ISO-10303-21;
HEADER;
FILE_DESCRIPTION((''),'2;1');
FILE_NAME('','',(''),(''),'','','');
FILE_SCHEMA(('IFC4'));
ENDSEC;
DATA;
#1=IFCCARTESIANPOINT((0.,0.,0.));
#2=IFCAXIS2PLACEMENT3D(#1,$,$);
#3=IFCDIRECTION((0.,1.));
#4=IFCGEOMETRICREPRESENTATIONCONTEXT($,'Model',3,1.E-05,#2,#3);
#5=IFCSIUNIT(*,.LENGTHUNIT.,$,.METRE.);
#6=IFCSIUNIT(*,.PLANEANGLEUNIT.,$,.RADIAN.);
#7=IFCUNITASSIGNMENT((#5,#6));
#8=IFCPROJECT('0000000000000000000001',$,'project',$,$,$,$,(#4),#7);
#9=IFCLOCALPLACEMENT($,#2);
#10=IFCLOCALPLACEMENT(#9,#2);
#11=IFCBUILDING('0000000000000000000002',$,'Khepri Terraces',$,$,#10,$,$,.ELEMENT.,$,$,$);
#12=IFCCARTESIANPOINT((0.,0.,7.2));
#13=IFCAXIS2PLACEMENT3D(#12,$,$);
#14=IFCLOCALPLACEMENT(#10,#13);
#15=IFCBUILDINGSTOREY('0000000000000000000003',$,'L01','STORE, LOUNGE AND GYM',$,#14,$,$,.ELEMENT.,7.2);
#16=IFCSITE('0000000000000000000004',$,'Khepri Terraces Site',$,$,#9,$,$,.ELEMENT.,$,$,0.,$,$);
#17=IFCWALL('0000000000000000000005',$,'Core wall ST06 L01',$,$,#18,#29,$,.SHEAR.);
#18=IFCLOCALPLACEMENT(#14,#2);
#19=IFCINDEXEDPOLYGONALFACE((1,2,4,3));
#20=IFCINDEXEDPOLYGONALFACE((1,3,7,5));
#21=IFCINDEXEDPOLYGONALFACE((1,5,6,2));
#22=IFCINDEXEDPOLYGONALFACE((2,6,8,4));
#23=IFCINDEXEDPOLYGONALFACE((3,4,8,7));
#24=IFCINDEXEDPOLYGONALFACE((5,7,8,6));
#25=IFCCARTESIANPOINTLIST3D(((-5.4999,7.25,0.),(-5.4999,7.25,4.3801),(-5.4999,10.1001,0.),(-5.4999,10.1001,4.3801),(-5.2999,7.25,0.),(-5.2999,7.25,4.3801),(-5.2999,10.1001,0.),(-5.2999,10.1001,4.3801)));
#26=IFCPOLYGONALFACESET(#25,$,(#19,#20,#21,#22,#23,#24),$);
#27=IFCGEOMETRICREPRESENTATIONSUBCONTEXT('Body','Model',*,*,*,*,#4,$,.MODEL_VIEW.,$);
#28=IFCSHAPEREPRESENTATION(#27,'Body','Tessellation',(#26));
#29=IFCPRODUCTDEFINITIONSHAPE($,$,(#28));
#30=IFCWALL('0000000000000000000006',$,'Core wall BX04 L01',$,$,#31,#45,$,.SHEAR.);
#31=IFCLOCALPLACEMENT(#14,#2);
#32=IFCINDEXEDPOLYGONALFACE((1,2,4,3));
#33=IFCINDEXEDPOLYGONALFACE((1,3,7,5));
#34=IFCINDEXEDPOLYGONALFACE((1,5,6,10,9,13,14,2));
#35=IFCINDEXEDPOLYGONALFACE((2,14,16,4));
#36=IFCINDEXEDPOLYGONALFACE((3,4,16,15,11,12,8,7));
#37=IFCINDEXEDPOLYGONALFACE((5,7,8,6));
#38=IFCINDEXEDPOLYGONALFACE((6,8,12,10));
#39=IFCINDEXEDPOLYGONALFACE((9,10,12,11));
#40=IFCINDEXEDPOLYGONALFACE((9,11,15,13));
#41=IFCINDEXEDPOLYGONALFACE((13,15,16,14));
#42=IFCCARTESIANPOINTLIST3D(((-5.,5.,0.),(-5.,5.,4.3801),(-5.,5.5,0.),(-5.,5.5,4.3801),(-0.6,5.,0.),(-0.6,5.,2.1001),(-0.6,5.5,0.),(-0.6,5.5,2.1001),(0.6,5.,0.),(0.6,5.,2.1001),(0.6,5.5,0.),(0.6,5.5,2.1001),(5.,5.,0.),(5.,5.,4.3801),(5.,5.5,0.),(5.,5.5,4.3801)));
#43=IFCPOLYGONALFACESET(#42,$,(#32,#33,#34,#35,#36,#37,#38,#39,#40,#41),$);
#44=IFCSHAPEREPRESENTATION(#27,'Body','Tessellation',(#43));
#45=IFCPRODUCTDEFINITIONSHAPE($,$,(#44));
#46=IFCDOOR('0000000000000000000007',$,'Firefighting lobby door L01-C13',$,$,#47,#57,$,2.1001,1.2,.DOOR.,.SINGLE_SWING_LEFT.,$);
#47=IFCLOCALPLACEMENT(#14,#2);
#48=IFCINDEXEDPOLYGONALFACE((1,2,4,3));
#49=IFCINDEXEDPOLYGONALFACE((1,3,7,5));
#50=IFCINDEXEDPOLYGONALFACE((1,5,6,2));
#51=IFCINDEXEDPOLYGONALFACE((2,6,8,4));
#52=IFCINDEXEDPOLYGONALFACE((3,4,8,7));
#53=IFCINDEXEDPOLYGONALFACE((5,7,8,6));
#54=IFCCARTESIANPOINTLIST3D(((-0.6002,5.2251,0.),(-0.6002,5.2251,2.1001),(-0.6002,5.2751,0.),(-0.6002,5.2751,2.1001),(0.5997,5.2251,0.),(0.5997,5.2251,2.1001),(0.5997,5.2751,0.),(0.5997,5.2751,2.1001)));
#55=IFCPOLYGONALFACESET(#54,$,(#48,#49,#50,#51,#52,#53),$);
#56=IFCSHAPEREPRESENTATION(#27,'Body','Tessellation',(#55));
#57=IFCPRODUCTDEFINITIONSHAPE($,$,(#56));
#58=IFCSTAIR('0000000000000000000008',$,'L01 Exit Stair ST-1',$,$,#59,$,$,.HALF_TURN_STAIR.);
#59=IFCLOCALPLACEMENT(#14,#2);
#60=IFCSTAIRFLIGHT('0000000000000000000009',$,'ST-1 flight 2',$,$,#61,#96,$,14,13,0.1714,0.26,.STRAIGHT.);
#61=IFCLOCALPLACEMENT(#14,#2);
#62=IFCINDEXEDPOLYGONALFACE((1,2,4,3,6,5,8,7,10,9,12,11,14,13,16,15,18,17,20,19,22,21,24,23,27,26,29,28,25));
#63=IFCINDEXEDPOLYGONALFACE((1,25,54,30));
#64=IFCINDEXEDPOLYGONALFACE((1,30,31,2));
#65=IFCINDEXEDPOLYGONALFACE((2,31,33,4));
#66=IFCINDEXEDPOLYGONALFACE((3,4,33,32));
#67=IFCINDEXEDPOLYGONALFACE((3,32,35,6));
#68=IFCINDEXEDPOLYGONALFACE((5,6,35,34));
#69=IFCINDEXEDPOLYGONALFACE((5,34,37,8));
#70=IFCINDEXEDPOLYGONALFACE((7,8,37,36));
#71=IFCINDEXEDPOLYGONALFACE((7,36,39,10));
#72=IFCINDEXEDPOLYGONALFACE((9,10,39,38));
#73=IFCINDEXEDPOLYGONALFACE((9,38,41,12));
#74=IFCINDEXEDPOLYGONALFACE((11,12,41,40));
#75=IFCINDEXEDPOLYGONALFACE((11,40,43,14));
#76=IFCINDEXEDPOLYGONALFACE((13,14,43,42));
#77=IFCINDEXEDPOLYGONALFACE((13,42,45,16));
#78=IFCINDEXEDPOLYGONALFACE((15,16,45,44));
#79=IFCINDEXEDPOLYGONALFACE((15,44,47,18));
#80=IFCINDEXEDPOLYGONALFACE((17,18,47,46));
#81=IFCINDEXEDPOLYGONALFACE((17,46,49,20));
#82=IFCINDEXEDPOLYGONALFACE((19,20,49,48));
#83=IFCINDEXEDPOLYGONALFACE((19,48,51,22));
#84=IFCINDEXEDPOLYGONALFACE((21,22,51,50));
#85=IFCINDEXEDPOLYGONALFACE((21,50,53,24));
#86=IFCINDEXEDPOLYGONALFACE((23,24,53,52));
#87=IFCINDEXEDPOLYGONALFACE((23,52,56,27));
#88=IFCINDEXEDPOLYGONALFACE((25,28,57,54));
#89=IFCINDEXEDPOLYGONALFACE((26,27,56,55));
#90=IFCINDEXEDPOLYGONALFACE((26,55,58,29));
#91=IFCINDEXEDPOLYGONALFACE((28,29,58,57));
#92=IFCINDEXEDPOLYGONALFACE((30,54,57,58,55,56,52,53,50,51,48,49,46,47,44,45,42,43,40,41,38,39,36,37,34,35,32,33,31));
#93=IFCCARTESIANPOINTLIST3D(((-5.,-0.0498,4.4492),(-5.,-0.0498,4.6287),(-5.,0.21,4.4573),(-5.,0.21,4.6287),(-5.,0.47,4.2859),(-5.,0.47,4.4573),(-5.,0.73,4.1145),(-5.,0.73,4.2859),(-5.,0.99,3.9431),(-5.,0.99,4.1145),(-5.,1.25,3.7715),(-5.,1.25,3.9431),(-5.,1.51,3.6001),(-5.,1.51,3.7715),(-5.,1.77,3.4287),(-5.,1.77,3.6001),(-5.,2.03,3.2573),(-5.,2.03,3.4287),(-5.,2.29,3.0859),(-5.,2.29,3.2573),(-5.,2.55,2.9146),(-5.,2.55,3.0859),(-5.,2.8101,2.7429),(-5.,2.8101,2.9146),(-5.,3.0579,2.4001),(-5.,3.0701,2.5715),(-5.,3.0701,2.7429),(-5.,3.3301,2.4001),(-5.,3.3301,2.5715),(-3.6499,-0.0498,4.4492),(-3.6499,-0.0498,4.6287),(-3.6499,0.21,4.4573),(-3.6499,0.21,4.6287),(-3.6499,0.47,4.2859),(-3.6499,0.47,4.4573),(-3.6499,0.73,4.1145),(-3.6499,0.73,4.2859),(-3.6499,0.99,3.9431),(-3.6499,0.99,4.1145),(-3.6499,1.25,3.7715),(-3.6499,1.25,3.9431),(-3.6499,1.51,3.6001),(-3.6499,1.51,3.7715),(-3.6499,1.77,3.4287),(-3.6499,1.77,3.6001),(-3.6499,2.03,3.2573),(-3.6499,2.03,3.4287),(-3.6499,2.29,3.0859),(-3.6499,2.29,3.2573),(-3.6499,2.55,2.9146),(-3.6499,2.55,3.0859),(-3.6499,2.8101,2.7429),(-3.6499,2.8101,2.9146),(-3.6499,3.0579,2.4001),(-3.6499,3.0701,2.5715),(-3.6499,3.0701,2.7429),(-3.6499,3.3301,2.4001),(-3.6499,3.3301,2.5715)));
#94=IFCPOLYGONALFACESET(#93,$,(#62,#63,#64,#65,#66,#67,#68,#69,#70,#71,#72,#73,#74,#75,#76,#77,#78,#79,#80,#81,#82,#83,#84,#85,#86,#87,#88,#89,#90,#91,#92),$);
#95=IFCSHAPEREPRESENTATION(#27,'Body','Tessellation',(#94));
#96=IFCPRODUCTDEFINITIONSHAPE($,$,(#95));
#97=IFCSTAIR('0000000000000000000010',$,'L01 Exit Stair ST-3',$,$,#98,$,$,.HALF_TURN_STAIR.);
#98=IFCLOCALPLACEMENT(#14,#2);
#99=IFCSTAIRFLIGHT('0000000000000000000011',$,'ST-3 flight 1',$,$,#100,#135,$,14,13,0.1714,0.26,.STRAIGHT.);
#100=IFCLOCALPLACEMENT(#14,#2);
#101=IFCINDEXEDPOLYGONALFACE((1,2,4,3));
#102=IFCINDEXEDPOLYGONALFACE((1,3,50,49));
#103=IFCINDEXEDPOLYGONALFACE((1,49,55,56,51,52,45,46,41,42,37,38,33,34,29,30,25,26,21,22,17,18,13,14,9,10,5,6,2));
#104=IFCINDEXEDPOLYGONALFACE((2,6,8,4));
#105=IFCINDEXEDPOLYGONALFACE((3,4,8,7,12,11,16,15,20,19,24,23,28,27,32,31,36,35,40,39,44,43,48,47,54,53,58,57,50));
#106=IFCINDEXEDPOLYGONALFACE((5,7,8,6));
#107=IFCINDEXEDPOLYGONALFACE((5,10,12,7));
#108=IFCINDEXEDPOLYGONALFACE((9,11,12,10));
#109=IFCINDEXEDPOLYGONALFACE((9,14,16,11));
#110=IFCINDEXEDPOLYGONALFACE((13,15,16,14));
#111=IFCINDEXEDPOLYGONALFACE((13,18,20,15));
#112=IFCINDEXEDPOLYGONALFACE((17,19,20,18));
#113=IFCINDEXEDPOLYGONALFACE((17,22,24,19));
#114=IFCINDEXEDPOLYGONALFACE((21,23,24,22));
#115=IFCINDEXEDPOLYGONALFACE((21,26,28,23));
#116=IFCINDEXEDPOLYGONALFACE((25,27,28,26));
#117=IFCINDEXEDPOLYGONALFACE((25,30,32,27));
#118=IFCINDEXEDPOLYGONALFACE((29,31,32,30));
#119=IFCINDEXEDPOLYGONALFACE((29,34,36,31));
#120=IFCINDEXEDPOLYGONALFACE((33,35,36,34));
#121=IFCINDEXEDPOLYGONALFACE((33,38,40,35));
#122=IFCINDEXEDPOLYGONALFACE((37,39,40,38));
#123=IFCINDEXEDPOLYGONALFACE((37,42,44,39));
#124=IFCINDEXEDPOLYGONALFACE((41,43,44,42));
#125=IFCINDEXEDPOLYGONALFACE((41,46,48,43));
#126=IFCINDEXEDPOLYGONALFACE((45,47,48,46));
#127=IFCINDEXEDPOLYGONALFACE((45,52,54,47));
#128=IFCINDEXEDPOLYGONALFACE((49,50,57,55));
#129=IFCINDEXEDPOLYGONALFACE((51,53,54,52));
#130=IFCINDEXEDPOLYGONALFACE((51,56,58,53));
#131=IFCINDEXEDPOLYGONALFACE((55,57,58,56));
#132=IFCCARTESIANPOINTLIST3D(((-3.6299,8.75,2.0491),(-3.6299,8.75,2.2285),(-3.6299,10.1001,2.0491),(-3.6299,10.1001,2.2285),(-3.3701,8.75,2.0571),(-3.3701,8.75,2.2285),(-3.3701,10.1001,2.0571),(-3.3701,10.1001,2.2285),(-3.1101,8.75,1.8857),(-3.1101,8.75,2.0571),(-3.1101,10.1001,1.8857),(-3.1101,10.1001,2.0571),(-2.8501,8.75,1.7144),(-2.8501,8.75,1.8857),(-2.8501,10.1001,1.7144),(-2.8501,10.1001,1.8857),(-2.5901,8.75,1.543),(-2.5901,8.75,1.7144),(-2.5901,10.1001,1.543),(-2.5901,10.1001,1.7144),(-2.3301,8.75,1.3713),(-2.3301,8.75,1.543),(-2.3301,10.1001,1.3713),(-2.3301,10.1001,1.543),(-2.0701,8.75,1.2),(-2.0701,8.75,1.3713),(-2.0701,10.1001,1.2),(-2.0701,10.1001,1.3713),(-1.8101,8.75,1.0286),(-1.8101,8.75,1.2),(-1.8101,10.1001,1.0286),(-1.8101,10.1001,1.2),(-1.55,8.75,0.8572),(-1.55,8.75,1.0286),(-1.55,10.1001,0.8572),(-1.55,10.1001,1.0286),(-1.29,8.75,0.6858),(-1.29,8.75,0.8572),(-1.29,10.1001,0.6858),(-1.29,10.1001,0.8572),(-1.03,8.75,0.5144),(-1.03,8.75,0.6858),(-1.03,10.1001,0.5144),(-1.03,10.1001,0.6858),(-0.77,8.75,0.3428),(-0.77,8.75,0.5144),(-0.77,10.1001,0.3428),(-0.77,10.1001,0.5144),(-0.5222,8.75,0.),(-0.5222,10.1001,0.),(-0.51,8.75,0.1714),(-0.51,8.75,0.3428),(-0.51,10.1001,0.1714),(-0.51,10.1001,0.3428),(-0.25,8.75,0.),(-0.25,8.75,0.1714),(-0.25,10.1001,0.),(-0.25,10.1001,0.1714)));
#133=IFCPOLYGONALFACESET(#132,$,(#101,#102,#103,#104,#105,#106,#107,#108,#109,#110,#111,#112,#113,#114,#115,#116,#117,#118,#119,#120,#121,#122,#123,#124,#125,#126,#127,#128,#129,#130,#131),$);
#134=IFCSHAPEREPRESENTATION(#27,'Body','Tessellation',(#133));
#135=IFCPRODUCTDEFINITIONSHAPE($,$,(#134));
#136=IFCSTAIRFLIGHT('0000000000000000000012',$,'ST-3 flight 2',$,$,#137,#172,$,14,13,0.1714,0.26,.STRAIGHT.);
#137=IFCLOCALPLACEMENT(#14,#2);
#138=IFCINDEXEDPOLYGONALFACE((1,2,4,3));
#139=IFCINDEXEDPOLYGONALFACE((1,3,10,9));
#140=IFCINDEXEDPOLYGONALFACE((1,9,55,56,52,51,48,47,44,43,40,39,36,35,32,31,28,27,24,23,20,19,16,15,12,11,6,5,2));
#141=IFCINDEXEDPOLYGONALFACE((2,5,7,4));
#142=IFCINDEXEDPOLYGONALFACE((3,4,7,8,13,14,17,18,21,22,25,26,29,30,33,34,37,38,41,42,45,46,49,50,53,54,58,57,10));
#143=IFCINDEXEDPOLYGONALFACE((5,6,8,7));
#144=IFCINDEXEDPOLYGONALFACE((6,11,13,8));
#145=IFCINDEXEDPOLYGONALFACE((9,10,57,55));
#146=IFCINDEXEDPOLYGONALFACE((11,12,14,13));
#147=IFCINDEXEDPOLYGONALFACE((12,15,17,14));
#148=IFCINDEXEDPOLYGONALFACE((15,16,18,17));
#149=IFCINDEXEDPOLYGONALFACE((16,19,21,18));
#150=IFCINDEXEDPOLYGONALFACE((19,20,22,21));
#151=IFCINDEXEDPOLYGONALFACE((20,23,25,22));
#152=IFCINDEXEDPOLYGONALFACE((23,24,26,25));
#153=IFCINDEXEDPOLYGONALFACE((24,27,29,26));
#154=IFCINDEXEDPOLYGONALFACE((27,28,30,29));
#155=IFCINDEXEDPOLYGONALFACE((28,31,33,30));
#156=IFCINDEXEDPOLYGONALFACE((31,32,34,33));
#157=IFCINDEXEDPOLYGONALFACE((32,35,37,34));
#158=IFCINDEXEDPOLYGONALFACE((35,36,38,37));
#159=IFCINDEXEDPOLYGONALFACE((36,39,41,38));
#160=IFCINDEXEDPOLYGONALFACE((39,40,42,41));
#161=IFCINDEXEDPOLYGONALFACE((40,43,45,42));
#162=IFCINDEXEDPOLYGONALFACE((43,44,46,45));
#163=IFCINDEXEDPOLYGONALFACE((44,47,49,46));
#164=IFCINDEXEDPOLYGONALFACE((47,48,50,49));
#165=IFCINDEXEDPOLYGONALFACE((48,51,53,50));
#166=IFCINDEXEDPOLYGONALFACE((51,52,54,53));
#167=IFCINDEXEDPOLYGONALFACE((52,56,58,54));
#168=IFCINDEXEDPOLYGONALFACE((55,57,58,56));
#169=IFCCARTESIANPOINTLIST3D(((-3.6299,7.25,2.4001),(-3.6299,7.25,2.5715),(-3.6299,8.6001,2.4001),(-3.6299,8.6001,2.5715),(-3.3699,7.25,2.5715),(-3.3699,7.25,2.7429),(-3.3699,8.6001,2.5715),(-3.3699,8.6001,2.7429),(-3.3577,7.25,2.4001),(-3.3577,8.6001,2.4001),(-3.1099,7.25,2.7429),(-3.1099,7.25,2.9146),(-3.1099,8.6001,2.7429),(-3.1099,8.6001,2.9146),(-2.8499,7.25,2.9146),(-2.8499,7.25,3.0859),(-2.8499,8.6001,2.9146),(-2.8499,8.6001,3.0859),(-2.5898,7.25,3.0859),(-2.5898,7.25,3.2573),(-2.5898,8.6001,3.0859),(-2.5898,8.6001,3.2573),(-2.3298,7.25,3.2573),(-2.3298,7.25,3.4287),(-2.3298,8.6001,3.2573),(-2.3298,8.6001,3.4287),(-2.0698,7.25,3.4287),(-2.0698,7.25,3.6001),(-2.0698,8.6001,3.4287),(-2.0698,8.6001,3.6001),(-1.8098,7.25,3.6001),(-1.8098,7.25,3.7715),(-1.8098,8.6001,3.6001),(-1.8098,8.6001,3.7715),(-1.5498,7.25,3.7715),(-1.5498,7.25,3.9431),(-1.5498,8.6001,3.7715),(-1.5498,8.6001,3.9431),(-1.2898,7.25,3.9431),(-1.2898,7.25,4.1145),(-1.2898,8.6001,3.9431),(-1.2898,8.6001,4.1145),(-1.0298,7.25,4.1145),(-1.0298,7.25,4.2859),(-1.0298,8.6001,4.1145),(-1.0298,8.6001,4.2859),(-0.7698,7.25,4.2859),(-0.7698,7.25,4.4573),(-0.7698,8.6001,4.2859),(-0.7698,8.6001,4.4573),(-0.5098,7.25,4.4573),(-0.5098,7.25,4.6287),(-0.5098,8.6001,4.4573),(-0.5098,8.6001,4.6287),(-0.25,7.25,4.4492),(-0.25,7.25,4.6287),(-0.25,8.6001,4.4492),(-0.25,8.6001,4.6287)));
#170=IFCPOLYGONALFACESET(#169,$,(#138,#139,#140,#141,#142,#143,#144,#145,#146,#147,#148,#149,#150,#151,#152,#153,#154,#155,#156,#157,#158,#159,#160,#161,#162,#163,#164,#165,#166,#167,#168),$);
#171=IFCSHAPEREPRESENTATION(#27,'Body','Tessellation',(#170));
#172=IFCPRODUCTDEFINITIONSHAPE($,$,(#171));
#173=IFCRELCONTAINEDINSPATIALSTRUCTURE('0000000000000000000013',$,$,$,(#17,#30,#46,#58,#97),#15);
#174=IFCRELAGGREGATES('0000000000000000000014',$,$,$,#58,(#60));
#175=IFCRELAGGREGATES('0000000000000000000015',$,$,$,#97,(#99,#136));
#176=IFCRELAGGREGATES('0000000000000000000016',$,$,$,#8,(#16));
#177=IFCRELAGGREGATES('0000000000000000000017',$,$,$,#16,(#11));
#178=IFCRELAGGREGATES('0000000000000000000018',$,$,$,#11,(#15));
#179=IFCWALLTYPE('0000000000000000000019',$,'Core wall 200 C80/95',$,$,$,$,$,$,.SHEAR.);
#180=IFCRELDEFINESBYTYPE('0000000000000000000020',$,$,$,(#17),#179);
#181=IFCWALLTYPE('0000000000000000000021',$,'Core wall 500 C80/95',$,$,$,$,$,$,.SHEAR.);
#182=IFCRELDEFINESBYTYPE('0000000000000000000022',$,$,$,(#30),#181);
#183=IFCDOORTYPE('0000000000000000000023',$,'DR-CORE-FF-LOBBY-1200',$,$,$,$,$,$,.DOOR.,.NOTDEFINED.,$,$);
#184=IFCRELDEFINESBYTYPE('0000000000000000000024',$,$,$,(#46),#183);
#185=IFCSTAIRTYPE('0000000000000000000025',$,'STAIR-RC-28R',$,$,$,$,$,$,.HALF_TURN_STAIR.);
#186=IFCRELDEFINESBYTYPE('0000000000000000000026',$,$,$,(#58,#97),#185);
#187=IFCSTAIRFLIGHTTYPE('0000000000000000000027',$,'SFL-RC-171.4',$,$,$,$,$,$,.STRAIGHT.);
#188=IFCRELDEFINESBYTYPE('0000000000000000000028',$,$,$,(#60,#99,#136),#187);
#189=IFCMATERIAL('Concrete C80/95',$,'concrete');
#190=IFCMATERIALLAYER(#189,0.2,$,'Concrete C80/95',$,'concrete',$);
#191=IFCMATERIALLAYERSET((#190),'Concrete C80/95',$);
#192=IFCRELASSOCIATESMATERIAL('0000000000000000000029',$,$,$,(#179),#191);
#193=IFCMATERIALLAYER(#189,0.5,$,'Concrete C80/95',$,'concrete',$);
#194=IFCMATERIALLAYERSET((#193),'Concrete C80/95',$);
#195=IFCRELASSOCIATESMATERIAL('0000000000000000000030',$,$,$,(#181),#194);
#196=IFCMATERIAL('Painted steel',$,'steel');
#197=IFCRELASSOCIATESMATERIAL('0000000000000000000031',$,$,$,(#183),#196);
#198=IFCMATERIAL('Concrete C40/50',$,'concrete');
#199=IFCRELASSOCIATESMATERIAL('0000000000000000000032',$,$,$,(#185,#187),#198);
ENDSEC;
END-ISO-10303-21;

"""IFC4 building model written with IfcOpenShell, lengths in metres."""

from ifc_helpers import new_model, si_unit, direction, frame, frame_2d, origin, place, context, subcontext, project, spatial, polyline, rectangle, outline, extrude, material, layer, layer_set, type_object, element, fill, aggregate, save


model = new_model("IFC4")

# Units and contexts
model_context = context("Model", 3, precision=1e-05, world=origin(), true_north=direction((0.0, 1.0)))
body_context = subcontext(model_context, "Body", "Model", "MODEL_VIEW")
ifc_project = project(units=[si_unit("LENGTHUNIT", "METRE"), si_unit("PLANEANGLEUNIT", "RADIAN")], contexts=[model_context])

# Site, building, storey
site_placement = place(None, origin())
site = spatial("IfcSite", under=ifc_project, at=site_placement, Name="Khepri Terraces Site", CompositionType="ELEMENT", RefElevation=0.0)
building_placement = place(site_placement, origin())
building = spatial("IfcBuilding", under=site, at=building_placement, Name="Khepri Terraces", CompositionType="ELEMENT")
storey_placement = place(building_placement, frame((0.0, 0.0, 7.2)))
storey = spatial("IfcBuildingStorey", under=building, at=storey_placement, Name="L01", Description="STORE, LOUNGE AND GYM", CompositionType="ELEMENT", Elevation=7.2)

# Wall
ifc_material_1 = material(Name="Concrete C80/95", Category="concrete")
ifc_layer_1 = layer(ifc_material_1, 0.2, Name="Concrete C80/95", Category="concrete")
ifc_layer_set_1 = layer_set([ifc_layer_1], Name="Concrete C80/95")
wall_type_1 = type_object("IfcWallType", Name="Core wall 200 C80/95", PredefinedType="SHEAR", material=ifc_layer_set_1)
wall_1_placement = place(storey_placement, frame((-5.3999, 7.25, 0.0), z_axis=(0.0, 0.0, 1.0), x_axis=(0.0, 1.0, 0.0)))
element("IfcWall", 1, at=wall_1_placement, inside=storey, type_object=wall_type_1, Name="Core wall ST06 L01", PredefinedType="SHEAR", context=body_context, shape_type="SweptSolid", body=[
    extrude(rectangle(XDim=2.8501, YDim=0.2, at=frame_2d((1.425, 0.0))), origin(), (0.0, 0.0, 1.0), 4.3801),
])

# Wall, opening, door
ifc_layer_2 = layer(ifc_material_1, 0.5, Name="Concrete C80/95", Category="concrete")
ifc_layer_set_2 = layer_set([ifc_layer_2], Name="Concrete C80/95")
wall_type_2 = type_object("IfcWallType", Name="Core wall 500 C80/95", PredefinedType="SHEAR", material=ifc_layer_set_2)
wall_2_placement = place(storey_placement, frame((-5.0, 5.25, 0.0), z_axis=(0.0, 0.0, 1.0), x_axis=(1.0, 0.0, 0.0)))
wall_2 = element("IfcWall", 2, at=wall_2_placement, inside=storey, type_object=wall_type_2, Name="Core wall BX04 L01", PredefinedType="SHEAR", context=body_context, shape_type="SweptSolid", body=[
    extrude(rectangle(XDim=10.0, YDim=0.5, at=frame_2d((5.0, 0.0))), origin(), (0.0, 0.0, 1.0), 4.3801),
])
opening_placement = place(wall_2_placement, frame((4.3999, 0.0, 0.0)))
opening = element("IfcOpeningElement", 3, at=opening_placement, cuts=wall_2, PredefinedType="OPENING", context=body_context, shape_type="SweptSolid", body=[
    extrude(rectangle(XDim=1.2, YDim=2.1001, at=frame_2d((0.6001, 1.05))), frame((0.0, 0.26, 0.0), z_axis=(0.0, -1.0, 0.0), x_axis=(1.0, 0.0, 0.0)), (0.0, 0.0, 1.0), 0.52),
])
ifc_material_2 = material(Name="Painted steel", Category="steel")
door_type = type_object("IfcDoorType", Name="DR-CORE-FF-LOBBY-1200", OperationType="NOTDEFINED", PredefinedType="DOOR", material=ifc_material_2)
door_placement = place(opening_placement, frame((1.2, 0.0, 0.0), z_axis=(0.0, 0.0, 1.0), x_axis=(-1.0, 0.0, 0.0)))
door = element("IfcDoor", 4, at=door_placement, inside=storey, type_object=door_type, Name="Firefighting lobby door L01-C13", OperationType="SINGLE_SWING_LEFT", OverallHeight=2.1001, OverallWidth=1.2, PredefinedType="DOOR", context=body_context, shape_type="SweptSolid", body=[
    extrude(rectangle(XDim=1.2, YDim=2.1001, at=frame_2d((0.6001, 1.05))), frame((0.0, 0.0249, 0.0), z_axis=(0.0, -1.0, 0.0), x_axis=(1.0, 0.0, 0.0)), (0.0, 0.0, 1.0), 0.05),
])
fill(opening, door)

# Stair, stair flight
ifc_material_3 = material(Name="Concrete C40/50", Category="concrete")
stair_type = type_object("IfcStairType", Name="STAIR-RC-28R", PredefinedType="HALF_TURN_STAIR", material=ifc_material_3)
stair_1_placement = place(storey_placement, origin())
stair_1 = element("IfcStair", 5, at=stair_1_placement, inside=storey, type_object=stair_type, Name="L01 Exit Stair ST-1", PredefinedType="HALF_TURN_STAIR")
stair_flight_type = type_object("IfcStairFlightType", Name="SFL-RC-171.4", PredefinedType="STRAIGHT", material=ifc_material_3)
stair_flight_1_placement = place(storey_placement, frame((-4.325, 3.3301, 2.4001), z_axis=(0.0, 0.0, 1.0), x_axis=(0.0, -1.0, 0.0)))
stair_flight_1 = element("IfcStairFlight", 6, at=stair_flight_1_placement, type_object=stair_flight_type, Name="ST-1 flight 2", NumberOfRisers=14, NumberOfTreads=13, PredefinedType="STRAIGHT", RiserHeight=0.1714, TreadLength=0.26, context=body_context, shape_type="SweptSolid", body=[
    extrude(outline(polyline([(0.0, 0.0), (0.0, 0.1714), (0.26, 0.1714), (0.26, 0.3428), (0.52, 0.3428), (0.52, 0.5144), (0.78, 0.5144), (0.78, 0.6858), (1.04, 0.6858), (1.04, 0.8572), (1.3, 0.8572), (1.3, 1.0286), (1.5601, 1.0286), (1.5601, 1.2), (1.8201, 1.2), (1.8201, 1.3713), (2.0801, 1.3713), (2.0801, 1.543), (2.3401, 1.543), (2.3401, 1.7144), (2.6001, 1.7144), (2.6001, 1.8857), (2.8601, 1.8857), (2.8601, 2.0571), (3.1201, 2.0571), (3.1201, 2.2285), (3.3799, 2.2285), (3.3799, 2.3999), (3.3799, 2.0491), (0.2722, 0.0), (0.0, 0.0)])), frame((0.0, 0.675, 0.0), z_axis=(0.0, -1.0, 0.0), x_axis=(1.0, 0.0, 0.0)), (0.0, 0.0, 1.0), 1.3501),
])
aggregate(stair_1, [stair_flight_1])

# Stair, stair flights
stair_2_placement = place(storey_placement, origin())
stair_2 = element("IfcStair", 7, at=stair_2_placement, inside=storey, type_object=stair_type, Name="L01 Exit Stair ST-3", PredefinedType="HALF_TURN_STAIR")
stair_flight_2_placement = place(storey_placement, frame((-0.25, 9.425, 0.0), z_axis=(0.0, 0.0, 1.0), x_axis=(-1.0, 0.0, 0.0)))
stair_flight_2 = element("IfcStairFlight", 8, at=stair_flight_2_placement, type_object=stair_flight_type, Name="ST-3 flight 1", NumberOfRisers=14, NumberOfTreads=13, PredefinedType="STRAIGHT", RiserHeight=0.1714, TreadLength=0.26, context=body_context, shape_type="SweptSolid", body=[
    extrude(outline(polyline([(0.0, 0.0), (0.0, 0.1714), (0.26, 0.1714), (0.26, 0.3428), (0.52, 0.3428), (0.52, 0.5144), (0.78, 0.5144), (0.78, 0.6858), (1.04, 0.6858), (1.04, 0.8572), (1.3, 0.8572), (1.3, 1.0286), (1.5601, 1.0286), (1.5601, 1.2), (1.8201, 1.2), (1.8201, 1.3713), (2.0801, 1.3713), (2.0801, 1.543), (2.3401, 1.543), (2.3401, 1.7144), (2.6001, 1.7144), (2.6001, 1.8857), (2.8601, 1.8857), (2.8601, 2.0571), (3.1201, 2.0571), (3.1201, 2.2285), (3.3799, 2.2285), (3.3799, 2.3999), (3.3799, 2.0491), (0.2722, 0.0), (0.0, 0.0)])), frame((0.0, 0.675, 0.0), z_axis=(0.0, -1.0, 0.0), x_axis=(1.0, 0.0, 0.0)), (0.0, 0.0, 1.0), 1.3501),
])
stair_flight_3_placement = place(storey_placement, frame((-3.6299, 7.925, 2.4001), z_axis=(0.0, 0.0, 1.0), x_axis=(1.0, 0.0, 0.0)))
stair_flight_3 = element("IfcStairFlight", 9, at=stair_flight_3_placement, type_object=stair_flight_type, Name="ST-3 flight 2", NumberOfRisers=14, NumberOfTreads=13, PredefinedType="STRAIGHT", RiserHeight=0.1714, TreadLength=0.26, context=body_context, shape_type="SweptSolid", body=[
    extrude(outline(polyline([(0.0, 0.0), (0.0, 0.1714), (0.26, 0.1714), (0.26, 0.3428), (0.52, 0.3428), (0.52, 0.5144), (0.78, 0.5144), (0.78, 0.6858), (1.04, 0.6858), (1.04, 0.8572), (1.3, 0.8572), (1.3, 1.0286), (1.5601, 1.0286), (1.5601, 1.2), (1.8201, 1.2), (1.8201, 1.3713), (2.0801, 1.3713), (2.0801, 1.543), (2.3401, 1.543), (2.3401, 1.7144), (2.6001, 1.7144), (2.6001, 1.8857), (2.8601, 1.8857), (2.8601, 2.0571), (3.1201, 2.0571), (3.1201, 2.2285), (3.3799, 2.2285), (3.3799, 2.3999), (3.3799, 2.0491), (0.2722, 0.0), (0.0, 0.0)])), frame((0.0, 0.675, 0.0), z_axis=(0.0, -1.0, 0.0), x_axis=(1.0, 0.0, 0.0)), (0.0, 0.0, 1.0), 1.3501),
])
aggregate(stair_2, [stair_flight_2, stair_flight_3])

save(model, "model.ifc")
